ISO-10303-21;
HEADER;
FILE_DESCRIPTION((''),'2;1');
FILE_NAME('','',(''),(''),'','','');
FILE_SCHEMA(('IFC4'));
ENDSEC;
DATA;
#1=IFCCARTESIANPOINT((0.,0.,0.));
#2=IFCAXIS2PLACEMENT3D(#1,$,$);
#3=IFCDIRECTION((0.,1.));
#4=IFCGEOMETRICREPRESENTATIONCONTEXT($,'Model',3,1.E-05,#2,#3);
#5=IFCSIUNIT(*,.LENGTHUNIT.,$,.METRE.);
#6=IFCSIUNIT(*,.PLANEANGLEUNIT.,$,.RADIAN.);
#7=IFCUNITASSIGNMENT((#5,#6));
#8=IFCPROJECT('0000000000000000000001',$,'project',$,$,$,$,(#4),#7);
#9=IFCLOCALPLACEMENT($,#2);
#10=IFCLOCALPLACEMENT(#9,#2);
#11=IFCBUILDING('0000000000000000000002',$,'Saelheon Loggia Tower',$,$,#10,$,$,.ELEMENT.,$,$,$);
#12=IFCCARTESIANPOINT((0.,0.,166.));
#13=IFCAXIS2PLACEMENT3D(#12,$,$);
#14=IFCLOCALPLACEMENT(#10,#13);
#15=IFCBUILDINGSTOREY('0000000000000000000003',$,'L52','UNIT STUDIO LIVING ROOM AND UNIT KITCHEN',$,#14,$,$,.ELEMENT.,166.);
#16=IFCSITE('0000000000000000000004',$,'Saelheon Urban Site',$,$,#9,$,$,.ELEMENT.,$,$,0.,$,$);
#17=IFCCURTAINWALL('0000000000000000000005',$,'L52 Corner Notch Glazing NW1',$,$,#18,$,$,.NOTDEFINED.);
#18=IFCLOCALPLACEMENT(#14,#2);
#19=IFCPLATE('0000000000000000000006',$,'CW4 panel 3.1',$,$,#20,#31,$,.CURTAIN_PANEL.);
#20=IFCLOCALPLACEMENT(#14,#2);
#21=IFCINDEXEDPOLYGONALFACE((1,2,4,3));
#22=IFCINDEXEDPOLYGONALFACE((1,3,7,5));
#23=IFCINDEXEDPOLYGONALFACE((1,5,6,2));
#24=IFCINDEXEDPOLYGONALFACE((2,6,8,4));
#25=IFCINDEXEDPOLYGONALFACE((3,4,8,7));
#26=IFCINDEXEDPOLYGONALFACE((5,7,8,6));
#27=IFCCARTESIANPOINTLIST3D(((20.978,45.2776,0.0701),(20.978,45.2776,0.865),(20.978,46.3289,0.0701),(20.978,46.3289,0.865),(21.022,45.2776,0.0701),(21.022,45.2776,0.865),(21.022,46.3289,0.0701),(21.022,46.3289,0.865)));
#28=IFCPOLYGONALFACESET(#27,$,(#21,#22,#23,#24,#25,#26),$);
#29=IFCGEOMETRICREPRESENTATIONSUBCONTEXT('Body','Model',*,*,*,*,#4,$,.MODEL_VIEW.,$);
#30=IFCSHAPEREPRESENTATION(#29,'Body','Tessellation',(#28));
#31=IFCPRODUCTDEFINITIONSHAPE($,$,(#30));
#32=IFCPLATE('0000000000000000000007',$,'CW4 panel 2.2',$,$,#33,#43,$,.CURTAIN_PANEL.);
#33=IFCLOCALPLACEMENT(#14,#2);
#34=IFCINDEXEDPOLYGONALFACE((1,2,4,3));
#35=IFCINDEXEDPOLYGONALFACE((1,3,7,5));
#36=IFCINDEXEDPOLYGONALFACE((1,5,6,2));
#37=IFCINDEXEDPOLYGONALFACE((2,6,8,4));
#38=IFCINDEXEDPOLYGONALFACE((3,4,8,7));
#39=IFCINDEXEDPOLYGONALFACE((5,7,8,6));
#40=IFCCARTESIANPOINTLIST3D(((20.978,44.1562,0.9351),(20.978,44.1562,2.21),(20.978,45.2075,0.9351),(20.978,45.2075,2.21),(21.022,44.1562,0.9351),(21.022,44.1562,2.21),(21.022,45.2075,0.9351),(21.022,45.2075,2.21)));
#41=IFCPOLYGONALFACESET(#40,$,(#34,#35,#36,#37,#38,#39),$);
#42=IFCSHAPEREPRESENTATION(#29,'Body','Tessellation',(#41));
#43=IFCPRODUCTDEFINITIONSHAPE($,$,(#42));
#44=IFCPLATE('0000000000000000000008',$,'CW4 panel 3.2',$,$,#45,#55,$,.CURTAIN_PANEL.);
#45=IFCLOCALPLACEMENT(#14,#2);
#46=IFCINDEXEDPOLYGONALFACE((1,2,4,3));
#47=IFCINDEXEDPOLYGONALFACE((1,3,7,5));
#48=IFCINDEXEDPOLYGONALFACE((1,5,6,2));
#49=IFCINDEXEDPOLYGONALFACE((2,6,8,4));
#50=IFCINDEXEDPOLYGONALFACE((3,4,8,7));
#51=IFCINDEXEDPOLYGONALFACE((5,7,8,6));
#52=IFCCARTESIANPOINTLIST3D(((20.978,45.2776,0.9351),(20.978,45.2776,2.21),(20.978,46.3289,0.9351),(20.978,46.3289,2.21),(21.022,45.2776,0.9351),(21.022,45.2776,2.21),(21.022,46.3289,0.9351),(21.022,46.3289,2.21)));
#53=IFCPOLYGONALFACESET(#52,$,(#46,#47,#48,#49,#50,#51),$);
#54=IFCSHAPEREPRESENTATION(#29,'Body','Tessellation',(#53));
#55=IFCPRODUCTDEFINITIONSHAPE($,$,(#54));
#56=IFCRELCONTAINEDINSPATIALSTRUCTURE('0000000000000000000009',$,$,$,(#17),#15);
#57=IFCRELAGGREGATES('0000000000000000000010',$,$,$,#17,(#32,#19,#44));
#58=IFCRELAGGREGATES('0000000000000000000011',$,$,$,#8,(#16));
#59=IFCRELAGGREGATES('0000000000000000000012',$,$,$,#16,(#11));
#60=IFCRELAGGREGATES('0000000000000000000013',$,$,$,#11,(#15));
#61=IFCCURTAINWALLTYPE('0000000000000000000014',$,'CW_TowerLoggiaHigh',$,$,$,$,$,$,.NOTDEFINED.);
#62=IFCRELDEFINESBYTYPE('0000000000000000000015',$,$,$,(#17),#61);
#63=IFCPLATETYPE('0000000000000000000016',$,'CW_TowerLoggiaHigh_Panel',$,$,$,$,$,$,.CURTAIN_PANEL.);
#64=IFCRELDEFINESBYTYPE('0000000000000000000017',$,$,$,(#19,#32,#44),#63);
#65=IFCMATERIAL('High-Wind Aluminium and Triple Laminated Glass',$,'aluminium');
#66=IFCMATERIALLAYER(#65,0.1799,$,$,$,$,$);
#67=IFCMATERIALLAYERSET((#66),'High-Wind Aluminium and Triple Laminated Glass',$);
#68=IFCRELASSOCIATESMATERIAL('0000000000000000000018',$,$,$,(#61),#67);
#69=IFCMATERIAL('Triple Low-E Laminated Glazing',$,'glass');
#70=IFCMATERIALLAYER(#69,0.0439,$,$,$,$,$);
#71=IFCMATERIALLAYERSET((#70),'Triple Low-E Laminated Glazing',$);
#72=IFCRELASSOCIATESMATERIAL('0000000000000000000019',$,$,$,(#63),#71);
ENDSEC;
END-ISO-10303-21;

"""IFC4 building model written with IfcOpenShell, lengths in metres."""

from ifc_helpers import new_model, si_unit, direction, frame, origin, origin_2d, place, context, subcontext, project, spatial, rectangle, extrude, source, transform, mapped, material, layer, layer_set, type_object, element, aggregate, save


model = new_model("IFC4")

# Units and contexts
model_context = context("Model", 3, precision=1e-05, world=origin(), true_north=direction((0.0, 1.0)))
body_context = subcontext(model_context, "Body", "Model", "MODEL_VIEW")
ifc_project = project(units=[si_unit("LENGTHUNIT", "METRE"), si_unit("PLANEANGLEUNIT", "RADIAN")], contexts=[model_context])

# Site, building, storey
site_placement = place(None, origin())
site = spatial("IfcSite", under=ifc_project, at=site_placement, Name="Saelheon Urban Site", CompositionType="ELEMENT", RefElevation=0.0)
building_placement = place(site_placement, origin())
building = spatial("IfcBuilding", under=site, at=building_placement, Name="Saelheon Loggia Tower", CompositionType="ELEMENT")
storey_placement = place(building_placement, frame((0.0, 0.0, 166.0)))
storey = spatial("IfcBuildingStorey", under=building, at=storey_placement, Name="L52", Description="UNIT STUDIO LIVING ROOM AND UNIT KITCHEN", CompositionType="ELEMENT", Elevation=166.0)

# Curtain wall, plates
ifc_material_1 = material(Name="High-Wind Aluminium and Triple Laminated Glass", Category="aluminium")
ifc_layer_1 = layer(ifc_material_1, 0.1799)
ifc_layer_set_1 = layer_set([ifc_layer_1], Name="High-Wind Aluminium and Triple Laminated Glass")
curtain_wall_type = type_object("IfcCurtainWallType", Name="CW_TowerLoggiaHigh", PredefinedType="NOTDEFINED", material=ifc_layer_set_1)
curtain_wall_placement = place(storey_placement, origin())
curtain_wall = element("IfcCurtainWall", 1, at=curtain_wall_placement, inside=storey, type_object=curtain_wall_type, Name="L52 Corner Notch Glazing NW1", PredefinedType="NOTDEFINED")
ifc_material_2 = material(Name="Triple Low-E Laminated Glazing", Category="glass")
ifc_layer_2 = layer(ifc_material_2, 0.0439)
ifc_layer_set_2 = layer_set([ifc_layer_2], Name="Triple Low-E Laminated Glazing")
plate_type = type_object("IfcPlateType", Name="CW_TowerLoggiaHigh_Panel", PredefinedType="CURTAIN_PANEL", material=ifc_layer_set_2)
shared_shape_1 = source(origin(), body_context, "Body", "SweptSolid", [
    extrude(rectangle(XDim=1.0513, YDim=0.0439, at=origin_2d()), origin(), (0.0, 0.0, 1.0), 0.7949),
])
plate_1_placement = place(storey_placement, frame((21.0, 45.8032, 0.0701), z_axis=(0.0, 0.0, 1.0), x_axis=(0.0, 1.0, 0.0)))
plate_1 = element("IfcPlate", 2, at=plate_1_placement, type_object=plate_type, Name="CW4 panel 3.1", PredefinedType="CURTAIN_PANEL", context=body_context, shape_type="MappedRepresentation", body=[
    mapped(shared_shape_1, transform((0.0, 0.0, 0.0), scale=1.0)),
])
shared_shape_2 = source(origin(), body_context, "Body", "SweptSolid", [
    extrude(rectangle(XDim=1.0513, YDim=0.0439, at=origin_2d()), origin(), (0.0, 0.0, 1.0), 1.2749),
])
plate_2_placement = place(storey_placement, frame((21.0, 44.6819, 0.9351), z_axis=(0.0, 0.0, 1.0), x_axis=(0.0, 1.0, 0.0)))
plate_2 = element("IfcPlate", 3, at=plate_2_placement, type_object=plate_type, Name="CW4 panel 2.2", PredefinedType="CURTAIN_PANEL", context=body_context, shape_type="MappedRepresentation", body=[
    mapped(shared_shape_2, transform((0.0, 0.0, 0.0), scale=1.0)),
])
plate_3_placement = place(storey_placement, frame((21.0, 45.8032, 0.9351), z_axis=(0.0, 0.0, 1.0), x_axis=(0.0, 1.0, 0.0)))
plate_3 = element("IfcPlate", 4, at=plate_3_placement, type_object=plate_type, Name="CW4 panel 3.2", PredefinedType="CURTAIN_PANEL", context=body_context, shape_type="MappedRepresentation", body=[
    mapped(shared_shape_2, transform((0.0, 0.0, 0.0), scale=1.0)),
])
aggregate(curtain_wall, [plate_2, plate_1, plate_3])

save(model, "model.ifc")
